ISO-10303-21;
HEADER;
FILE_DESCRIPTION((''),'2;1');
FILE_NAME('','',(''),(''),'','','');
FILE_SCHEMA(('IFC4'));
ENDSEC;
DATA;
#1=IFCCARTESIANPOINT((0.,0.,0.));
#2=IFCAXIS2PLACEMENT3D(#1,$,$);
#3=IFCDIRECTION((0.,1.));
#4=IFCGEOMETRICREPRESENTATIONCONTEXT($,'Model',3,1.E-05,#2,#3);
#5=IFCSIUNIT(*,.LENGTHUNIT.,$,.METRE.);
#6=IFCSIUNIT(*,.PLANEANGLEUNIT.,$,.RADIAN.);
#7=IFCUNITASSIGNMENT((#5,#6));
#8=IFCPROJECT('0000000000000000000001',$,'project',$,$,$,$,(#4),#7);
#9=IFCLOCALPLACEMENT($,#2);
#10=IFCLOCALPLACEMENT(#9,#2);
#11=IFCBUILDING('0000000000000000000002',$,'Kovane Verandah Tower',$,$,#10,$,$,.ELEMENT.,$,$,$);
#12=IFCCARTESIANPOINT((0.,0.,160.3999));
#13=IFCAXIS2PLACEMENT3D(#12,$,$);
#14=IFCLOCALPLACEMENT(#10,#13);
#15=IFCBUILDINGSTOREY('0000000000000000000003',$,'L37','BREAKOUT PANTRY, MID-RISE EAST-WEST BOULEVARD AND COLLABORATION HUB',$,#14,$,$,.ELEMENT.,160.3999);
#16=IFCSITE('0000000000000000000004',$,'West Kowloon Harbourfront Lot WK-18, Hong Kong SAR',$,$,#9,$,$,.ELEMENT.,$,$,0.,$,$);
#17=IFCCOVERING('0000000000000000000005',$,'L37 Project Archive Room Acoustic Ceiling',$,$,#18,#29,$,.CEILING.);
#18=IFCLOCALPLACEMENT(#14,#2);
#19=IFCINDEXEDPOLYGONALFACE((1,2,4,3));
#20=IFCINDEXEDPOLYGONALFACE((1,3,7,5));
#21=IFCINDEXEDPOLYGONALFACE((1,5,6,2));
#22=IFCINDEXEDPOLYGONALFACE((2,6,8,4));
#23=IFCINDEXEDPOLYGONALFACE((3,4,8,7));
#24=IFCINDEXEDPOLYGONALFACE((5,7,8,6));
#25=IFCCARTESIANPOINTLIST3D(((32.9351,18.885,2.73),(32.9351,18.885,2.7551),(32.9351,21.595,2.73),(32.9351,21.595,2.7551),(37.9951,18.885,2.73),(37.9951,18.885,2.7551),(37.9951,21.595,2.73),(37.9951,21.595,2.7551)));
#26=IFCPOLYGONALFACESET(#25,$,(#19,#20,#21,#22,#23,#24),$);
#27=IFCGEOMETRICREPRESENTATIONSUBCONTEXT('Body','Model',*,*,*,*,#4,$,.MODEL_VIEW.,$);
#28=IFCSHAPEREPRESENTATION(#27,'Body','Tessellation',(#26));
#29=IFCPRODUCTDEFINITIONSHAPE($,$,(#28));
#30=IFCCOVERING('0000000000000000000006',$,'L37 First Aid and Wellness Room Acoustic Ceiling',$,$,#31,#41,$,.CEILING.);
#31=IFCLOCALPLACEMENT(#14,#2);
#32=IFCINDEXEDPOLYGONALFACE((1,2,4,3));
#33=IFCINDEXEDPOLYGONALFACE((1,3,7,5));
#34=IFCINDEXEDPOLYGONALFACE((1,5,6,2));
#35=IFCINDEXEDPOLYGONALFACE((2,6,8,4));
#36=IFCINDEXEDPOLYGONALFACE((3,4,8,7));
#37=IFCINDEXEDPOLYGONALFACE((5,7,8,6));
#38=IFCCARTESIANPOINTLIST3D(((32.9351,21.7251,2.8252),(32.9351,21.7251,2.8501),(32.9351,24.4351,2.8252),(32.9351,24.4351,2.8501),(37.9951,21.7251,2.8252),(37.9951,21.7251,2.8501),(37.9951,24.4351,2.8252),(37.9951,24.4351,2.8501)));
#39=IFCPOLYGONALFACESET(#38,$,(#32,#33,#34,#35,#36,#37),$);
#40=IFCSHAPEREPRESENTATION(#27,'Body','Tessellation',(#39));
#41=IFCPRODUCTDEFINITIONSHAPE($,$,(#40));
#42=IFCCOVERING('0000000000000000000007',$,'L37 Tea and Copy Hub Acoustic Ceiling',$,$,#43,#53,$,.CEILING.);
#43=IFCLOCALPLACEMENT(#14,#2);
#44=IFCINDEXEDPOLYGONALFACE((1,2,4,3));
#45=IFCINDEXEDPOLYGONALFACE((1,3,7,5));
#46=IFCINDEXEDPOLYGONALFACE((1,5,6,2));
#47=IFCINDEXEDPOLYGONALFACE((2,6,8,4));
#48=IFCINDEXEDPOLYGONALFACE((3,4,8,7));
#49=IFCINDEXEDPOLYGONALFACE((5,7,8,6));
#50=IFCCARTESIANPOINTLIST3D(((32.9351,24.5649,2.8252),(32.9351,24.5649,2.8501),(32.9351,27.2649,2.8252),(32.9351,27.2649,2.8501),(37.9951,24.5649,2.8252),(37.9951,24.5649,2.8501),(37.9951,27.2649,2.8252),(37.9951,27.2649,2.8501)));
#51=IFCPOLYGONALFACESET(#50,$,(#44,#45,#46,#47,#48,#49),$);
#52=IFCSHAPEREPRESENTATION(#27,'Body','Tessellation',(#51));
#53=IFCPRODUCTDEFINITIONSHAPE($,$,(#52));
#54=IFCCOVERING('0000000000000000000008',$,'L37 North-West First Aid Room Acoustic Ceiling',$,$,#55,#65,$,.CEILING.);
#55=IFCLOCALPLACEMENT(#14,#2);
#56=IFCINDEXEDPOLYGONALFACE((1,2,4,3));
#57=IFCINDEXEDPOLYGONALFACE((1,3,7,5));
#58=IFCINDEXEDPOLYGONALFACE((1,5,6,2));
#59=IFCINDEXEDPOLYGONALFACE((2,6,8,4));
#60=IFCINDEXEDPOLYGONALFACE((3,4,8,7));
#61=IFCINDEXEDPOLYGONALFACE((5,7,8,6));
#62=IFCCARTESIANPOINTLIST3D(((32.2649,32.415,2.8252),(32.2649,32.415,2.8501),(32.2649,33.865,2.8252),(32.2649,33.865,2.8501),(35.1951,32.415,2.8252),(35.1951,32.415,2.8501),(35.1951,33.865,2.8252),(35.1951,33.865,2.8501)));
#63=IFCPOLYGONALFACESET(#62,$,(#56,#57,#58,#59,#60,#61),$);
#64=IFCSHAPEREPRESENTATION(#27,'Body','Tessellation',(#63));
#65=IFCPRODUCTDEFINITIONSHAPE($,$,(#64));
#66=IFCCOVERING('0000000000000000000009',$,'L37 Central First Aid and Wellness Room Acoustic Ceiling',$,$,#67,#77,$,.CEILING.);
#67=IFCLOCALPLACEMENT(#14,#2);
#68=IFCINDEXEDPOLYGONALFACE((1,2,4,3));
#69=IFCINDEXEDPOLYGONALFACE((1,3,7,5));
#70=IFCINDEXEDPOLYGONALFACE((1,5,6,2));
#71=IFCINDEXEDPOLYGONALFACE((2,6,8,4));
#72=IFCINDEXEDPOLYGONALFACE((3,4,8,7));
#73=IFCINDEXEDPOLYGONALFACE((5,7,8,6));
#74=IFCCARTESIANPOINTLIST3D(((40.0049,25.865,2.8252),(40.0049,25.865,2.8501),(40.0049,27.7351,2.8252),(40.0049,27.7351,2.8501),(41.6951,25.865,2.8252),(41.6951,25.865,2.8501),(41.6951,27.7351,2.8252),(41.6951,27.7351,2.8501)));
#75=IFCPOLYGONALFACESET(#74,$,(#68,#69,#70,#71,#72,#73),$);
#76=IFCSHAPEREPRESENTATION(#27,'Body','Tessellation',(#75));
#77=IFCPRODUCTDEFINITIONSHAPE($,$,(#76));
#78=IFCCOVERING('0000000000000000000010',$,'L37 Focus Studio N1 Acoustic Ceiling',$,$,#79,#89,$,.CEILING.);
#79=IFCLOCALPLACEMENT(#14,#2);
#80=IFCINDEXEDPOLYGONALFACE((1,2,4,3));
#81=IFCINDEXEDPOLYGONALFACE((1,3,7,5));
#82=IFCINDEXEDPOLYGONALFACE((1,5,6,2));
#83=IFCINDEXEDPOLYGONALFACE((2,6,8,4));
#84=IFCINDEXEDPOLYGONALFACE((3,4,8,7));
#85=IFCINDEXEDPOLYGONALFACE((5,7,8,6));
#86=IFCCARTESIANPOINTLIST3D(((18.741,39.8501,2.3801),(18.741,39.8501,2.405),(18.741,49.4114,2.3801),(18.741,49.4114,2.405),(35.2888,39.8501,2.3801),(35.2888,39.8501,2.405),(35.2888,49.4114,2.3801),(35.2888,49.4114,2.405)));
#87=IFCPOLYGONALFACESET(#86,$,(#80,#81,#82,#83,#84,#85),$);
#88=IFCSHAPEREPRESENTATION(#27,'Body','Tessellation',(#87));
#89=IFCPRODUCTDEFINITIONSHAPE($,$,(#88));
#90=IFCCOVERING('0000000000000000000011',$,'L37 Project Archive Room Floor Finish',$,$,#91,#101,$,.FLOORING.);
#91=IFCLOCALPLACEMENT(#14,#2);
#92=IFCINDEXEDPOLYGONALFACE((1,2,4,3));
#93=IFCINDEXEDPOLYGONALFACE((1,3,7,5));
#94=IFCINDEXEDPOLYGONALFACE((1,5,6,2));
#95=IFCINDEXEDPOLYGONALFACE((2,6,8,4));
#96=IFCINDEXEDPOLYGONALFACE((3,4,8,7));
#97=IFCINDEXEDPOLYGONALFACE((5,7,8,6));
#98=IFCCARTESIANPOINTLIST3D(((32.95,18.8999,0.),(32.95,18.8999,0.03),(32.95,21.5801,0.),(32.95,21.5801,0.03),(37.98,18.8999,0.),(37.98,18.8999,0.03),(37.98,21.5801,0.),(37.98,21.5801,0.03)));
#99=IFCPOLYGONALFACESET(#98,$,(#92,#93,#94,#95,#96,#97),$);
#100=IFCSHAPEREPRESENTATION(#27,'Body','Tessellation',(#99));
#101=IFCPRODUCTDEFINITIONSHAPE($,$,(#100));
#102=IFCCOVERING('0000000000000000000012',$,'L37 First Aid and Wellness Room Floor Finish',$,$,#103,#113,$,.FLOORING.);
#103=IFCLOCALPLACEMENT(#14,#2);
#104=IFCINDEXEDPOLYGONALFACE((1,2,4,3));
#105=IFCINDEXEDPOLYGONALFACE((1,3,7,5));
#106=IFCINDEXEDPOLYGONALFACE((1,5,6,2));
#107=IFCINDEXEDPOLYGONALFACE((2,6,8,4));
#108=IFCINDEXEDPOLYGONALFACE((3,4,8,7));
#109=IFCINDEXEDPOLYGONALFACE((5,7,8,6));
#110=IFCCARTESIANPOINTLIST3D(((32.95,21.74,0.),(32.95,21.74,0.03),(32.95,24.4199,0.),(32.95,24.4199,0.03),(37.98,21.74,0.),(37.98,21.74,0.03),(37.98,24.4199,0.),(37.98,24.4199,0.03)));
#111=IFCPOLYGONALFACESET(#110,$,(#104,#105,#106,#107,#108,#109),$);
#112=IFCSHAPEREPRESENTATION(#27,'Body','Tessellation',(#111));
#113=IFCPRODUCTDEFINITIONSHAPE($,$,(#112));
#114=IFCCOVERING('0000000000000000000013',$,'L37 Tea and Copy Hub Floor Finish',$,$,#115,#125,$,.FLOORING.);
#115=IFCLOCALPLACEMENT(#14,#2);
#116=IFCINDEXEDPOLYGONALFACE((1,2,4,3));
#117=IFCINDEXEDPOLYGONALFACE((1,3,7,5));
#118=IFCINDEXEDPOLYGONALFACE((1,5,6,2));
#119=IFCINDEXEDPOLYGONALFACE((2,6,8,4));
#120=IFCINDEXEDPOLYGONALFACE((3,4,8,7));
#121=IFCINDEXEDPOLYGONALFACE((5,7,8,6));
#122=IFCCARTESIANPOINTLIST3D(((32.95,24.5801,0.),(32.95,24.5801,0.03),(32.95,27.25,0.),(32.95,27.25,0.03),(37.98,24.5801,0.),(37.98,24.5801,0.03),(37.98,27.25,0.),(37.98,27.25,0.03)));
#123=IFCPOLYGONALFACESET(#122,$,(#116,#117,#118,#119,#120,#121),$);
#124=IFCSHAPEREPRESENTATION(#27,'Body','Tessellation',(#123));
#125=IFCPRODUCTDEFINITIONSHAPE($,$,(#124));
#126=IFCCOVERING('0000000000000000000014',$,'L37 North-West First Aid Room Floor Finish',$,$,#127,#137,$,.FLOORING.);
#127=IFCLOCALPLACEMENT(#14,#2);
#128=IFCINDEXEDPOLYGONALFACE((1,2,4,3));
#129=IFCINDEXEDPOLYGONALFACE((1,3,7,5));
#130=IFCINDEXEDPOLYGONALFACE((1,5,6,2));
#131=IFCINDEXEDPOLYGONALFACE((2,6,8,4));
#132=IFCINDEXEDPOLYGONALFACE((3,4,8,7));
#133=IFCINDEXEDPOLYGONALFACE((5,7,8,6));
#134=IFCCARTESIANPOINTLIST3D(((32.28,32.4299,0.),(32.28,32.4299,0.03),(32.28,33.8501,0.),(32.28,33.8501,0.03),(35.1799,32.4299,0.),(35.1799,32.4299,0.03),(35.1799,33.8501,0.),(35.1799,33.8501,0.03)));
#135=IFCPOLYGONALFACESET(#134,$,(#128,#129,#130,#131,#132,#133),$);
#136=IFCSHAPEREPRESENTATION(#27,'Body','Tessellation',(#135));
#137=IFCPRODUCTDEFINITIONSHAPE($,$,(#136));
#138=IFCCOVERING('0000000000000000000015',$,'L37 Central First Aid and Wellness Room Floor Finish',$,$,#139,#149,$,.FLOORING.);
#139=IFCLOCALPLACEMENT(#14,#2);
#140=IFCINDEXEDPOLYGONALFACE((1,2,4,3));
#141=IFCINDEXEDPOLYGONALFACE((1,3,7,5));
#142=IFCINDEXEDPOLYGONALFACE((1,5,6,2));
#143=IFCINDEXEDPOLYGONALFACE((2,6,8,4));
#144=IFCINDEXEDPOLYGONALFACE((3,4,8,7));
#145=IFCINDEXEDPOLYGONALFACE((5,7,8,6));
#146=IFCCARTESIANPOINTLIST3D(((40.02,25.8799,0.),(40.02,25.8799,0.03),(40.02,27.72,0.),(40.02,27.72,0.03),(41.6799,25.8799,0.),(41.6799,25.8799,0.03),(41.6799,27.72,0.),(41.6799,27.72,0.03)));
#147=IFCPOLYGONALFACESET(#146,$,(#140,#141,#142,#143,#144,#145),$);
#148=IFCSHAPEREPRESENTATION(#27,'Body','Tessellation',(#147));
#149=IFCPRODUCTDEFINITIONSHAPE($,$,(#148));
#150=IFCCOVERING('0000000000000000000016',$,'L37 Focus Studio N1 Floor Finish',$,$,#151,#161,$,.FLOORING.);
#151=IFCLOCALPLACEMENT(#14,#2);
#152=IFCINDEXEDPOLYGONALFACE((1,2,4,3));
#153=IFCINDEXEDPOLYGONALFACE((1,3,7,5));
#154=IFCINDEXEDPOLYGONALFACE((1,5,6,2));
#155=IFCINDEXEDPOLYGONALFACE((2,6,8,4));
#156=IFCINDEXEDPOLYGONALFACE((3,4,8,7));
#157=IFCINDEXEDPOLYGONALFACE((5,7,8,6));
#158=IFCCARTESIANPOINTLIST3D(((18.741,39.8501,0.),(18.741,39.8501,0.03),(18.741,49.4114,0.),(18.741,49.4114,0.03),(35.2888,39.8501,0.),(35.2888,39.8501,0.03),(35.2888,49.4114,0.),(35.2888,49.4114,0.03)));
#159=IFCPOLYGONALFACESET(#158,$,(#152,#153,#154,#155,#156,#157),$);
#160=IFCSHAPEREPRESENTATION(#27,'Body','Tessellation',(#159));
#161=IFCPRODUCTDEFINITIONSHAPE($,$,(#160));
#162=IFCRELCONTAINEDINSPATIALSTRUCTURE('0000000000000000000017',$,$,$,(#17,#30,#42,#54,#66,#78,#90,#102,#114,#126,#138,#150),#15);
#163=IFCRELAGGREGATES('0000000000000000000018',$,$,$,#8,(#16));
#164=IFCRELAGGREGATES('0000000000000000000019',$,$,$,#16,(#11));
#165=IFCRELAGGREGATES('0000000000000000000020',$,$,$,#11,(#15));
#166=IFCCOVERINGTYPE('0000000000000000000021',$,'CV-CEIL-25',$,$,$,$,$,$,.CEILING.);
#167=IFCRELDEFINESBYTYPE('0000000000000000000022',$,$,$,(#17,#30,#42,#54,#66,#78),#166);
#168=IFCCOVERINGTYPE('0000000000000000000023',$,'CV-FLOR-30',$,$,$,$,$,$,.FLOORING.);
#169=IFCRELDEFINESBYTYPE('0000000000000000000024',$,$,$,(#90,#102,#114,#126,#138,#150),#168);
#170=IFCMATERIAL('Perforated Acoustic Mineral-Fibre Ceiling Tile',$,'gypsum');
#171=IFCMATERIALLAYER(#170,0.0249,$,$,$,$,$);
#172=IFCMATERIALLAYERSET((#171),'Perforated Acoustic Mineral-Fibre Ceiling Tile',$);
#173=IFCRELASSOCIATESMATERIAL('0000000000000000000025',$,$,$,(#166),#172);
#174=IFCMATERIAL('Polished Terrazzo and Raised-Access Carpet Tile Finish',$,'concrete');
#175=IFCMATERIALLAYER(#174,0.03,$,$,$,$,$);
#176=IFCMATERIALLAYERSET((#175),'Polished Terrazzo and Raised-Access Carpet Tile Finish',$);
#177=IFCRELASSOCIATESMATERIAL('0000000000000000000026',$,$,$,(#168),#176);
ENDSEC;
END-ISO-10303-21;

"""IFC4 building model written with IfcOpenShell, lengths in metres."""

from ifc_helpers import new_model, si_unit, direction, frame, origin, place, context, subcontext, project, spatial, polyline, outline, extrude, material, layer, layer_set, type_object, element, save


model = new_model("IFC4")

# Units and contexts
model_context = context("Model", 3, precision=1e-05, world=origin(), true_north=direction((0.0, 1.0)))
body_context = subcontext(model_context, "Body", "Model", "MODEL_VIEW")
ifc_project = project(units=[si_unit("LENGTHUNIT", "METRE"), si_unit("PLANEANGLEUNIT", "RADIAN")], contexts=[model_context])

# Site, building, storey
site_placement = place(None, origin())
site = spatial("IfcSite", under=ifc_project, at=site_placement, Name="West Kowloon Harbourfront Lot WK-18, Hong Kong SAR", CompositionType="ELEMENT", RefElevation=0.0)
building_placement = place(site_placement, origin())
building = spatial("IfcBuilding", under=site, at=building_placement, Name="Kovane Verandah Tower", CompositionType="ELEMENT")
storey_placement = place(building_placement, frame((0.0, 0.0, 160.3999)))
storey = spatial("IfcBuildingStorey", under=building, at=storey_placement, Name="L37", Description="BREAKOUT PANTRY, MID-RISE EAST-WEST BOULEVARD AND COLLABORATION HUB", CompositionType="ELEMENT", Elevation=160.3999)

# Coverings
ifc_material_1 = material(Name="Perforated Acoustic Mineral-Fibre Ceiling Tile", Category="gypsum")
ifc_layer_1 = layer(ifc_material_1, 0.0249)
ifc_layer_set_1 = layer_set([ifc_layer_1], Name="Perforated Acoustic Mineral-Fibre Ceiling Tile")
covering_type_1 = type_object("IfcCoveringType", Name="CV-CEIL-25", PredefinedType="CEILING", material=ifc_layer_set_1)
covering_1_placement = place(storey_placement, frame((0.0, 0.0, 2.73)))
element("IfcCovering", 1, at=covering_1_placement, inside=storey, type_object=covering_type_1, Name="L37 Project Archive Room Acoustic Ceiling", PredefinedType="CEILING", context=body_context, shape_type="SweptSolid", body=[
    extrude(outline(polyline([(32.9351, 18.885), (37.9951, 18.885), (37.9951, 21.595), (32.9351, 21.595), (32.9351, 18.885)])), origin(), (0.0, 0.0, 1.0), 0.0251),
])
covering_2_placement = place(storey_placement, frame((0.0, 0.0, 2.8252)))
element("IfcCovering", 2, at=covering_2_placement, inside=storey, type_object=covering_type_1, Name="L37 First Aid and Wellness Room Acoustic Ceiling", PredefinedType="CEILING", context=body_context, shape_type="SweptSolid", body=[
    extrude(outline(polyline([(32.9351, 21.7251), (37.9951, 21.7251), (37.9951, 24.4351), (32.9351, 24.4351), (32.9351, 21.7251)])), origin(), (0.0, 0.0, 1.0), 0.0249),
])
covering_3_placement = place(storey_placement, frame((0.0, 0.0, 2.8252)))
element("IfcCovering", 3, at=covering_3_placement, inside=storey, type_object=covering_type_1, Name="L37 Tea and Copy Hub Acoustic Ceiling", PredefinedType="CEILING", context=body_context, shape_type="SweptSolid", body=[
    extrude(outline(polyline([(32.9351, 24.5649), (37.9951, 24.5649), (37.9951, 27.2649), (32.9351, 27.2649), (32.9351, 24.5649)])), origin(), (0.0, 0.0, 1.0), 0.0249),
])
covering_4_placement = place(storey_placement, frame((0.0, 0.0, 2.8252)))
element("IfcCovering", 4, at=covering_4_placement, inside=storey, type_object=covering_type_1, Name="L37 North-West First Aid Room Acoustic Ceiling", PredefinedType="CEILING", context=body_context, shape_type="SweptSolid", body=[
    extrude(outline(polyline([(32.2649, 32.415), (35.1951, 32.415), (35.1951, 33.865), (32.2649, 33.865), (32.2649, 32.415)])), origin(), (0.0, 0.0, 1.0), 0.0249),
])
covering_5_placement = place(storey_placement, frame((0.0, 0.0, 2.8252)))
element("IfcCovering", 5, at=covering_5_placement, inside=storey, type_object=covering_type_1, Name="L37 Central First Aid and Wellness Room Acoustic Ceiling", PredefinedType="CEILING", context=body_context, shape_type="SweptSolid", body=[
    extrude(outline(polyline([(40.0049, 25.865), (41.6951, 25.865), (41.6951, 27.7351), (40.0049, 27.7351), (40.0049, 25.865)])), origin(), (0.0, 0.0, 1.0), 0.0249),
])
covering_6_placement = place(storey_placement, frame((0.0, 0.0, 2.3801)))
element("IfcCovering", 6, at=covering_6_placement, inside=storey, type_object=covering_type_1, Name="L37 Focus Studio N1 Acoustic Ceiling", PredefinedType="CEILING", context=body_context, shape_type="SweptSolid", body=[
    extrude(outline(polyline([(18.741, 39.8501), (35.2888, 39.8501), (35.2888, 49.4114), (18.741, 49.4114), (18.741, 39.8501)])), origin(), (0.0, 0.0, 1.0), 0.0249),
])
ifc_material_2 = material(Name="Polished Terrazzo and Raised-Access Carpet Tile Finish", Category="concrete")
ifc_layer_2 = layer(ifc_material_2, 0.03)
ifc_layer_set_2 = layer_set([ifc_layer_2], Name="Polished Terrazzo and Raised-Access Carpet Tile Finish")
covering_type_2 = type_object("IfcCoveringType", Name="CV-FLOR-30", PredefinedType="FLOORING", material=ifc_layer_set_2)
covering_7_placement = place(storey_placement, origin())
element("IfcCovering", 7, at=covering_7_placement, inside=storey, type_object=covering_type_2, Name="L37 Project Archive Room Floor Finish", PredefinedType="FLOORING", context=body_context, shape_type="SweptSolid", body=[
    extrude(outline(polyline([(32.95, 18.8999), (37.98, 18.8999), (37.98, 21.5801), (32.95, 21.5801), (32.95, 18.8999)])), origin(), (0.0, 0.0, 1.0), 0.03),
])
covering_8_placement = place(storey_placement, origin())
element("IfcCovering", 8, at=covering_8_placement, inside=storey, type_object=covering_type_2, Name="L37 First Aid and Wellness Room Floor Finish", PredefinedType="FLOORING", context=body_context, shape_type="SweptSolid", body=[
    extrude(outline(polyline([(32.95, 21.74), (37.98, 21.74), (37.98, 24.4199), (32.95, 24.4199), (32.95, 21.74)])), origin(), (0.0, 0.0, 1.0), 0.03),
])
covering_9_placement = place(storey_placement, origin())
element("IfcCovering", 9, at=covering_9_placement, inside=storey, type_object=covering_type_2, Name="L37 Tea and Copy Hub Floor Finish", PredefinedType="FLOORING", context=body_context, shape_type="SweptSolid", body=[
    extrude(outline(polyline([(32.95, 24.5801), (37.98, 24.5801), (37.98, 27.25), (32.95, 27.25), (32.95, 24.5801)])), origin(), (0.0, 0.0, 1.0), 0.03),
])
covering_10_placement = place(storey_placement, origin())
element("IfcCovering", 10, at=covering_10_placement, inside=storey, type_object=covering_type_2, Name="L37 North-West First Aid Room Floor Finish", PredefinedType="FLOORING", context=body_context, shape_type="SweptSolid", body=[
    extrude(outline(polyline([(32.28, 32.4299), (35.1799, 32.4299), (35.1799, 33.8501), (32.28, 33.8501), (32.28, 32.4299)])), origin(), (0.0, 0.0, 1.0), 0.03),
])
covering_11_placement = place(storey_placement, origin())
element("IfcCovering", 11, at=covering_11_placement, inside=storey, type_object=covering_type_2, Name="L37 Central First Aid and Wellness Room Floor Finish", PredefinedType="FLOORING", context=body_context, shape_type="SweptSolid", body=[
    extrude(outline(polyline([(40.02, 25.8799), (41.6799, 25.8799), (41.6799, 27.72), (40.02, 27.72), (40.02, 25.8799)])), origin(), (0.0, 0.0, 1.0), 0.03),
])
covering_12_placement = place(storey_placement, origin())
element("IfcCovering", 12, at=covering_12_placement, inside=storey, type_object=covering_type_2, Name="L37 Focus Studio N1 Floor Finish", PredefinedType="FLOORING", context=body_context, shape_type="SweptSolid", body=[
    extrude(outline(polyline([(18.741, 39.8501), (35.2888, 39.8501), (35.2888, 49.4114), (18.741, 49.4114), (18.741, 39.8501)])), origin(), (0.0, 0.0, 1.0), 0.03),
])

save(model, "model.ifc")
